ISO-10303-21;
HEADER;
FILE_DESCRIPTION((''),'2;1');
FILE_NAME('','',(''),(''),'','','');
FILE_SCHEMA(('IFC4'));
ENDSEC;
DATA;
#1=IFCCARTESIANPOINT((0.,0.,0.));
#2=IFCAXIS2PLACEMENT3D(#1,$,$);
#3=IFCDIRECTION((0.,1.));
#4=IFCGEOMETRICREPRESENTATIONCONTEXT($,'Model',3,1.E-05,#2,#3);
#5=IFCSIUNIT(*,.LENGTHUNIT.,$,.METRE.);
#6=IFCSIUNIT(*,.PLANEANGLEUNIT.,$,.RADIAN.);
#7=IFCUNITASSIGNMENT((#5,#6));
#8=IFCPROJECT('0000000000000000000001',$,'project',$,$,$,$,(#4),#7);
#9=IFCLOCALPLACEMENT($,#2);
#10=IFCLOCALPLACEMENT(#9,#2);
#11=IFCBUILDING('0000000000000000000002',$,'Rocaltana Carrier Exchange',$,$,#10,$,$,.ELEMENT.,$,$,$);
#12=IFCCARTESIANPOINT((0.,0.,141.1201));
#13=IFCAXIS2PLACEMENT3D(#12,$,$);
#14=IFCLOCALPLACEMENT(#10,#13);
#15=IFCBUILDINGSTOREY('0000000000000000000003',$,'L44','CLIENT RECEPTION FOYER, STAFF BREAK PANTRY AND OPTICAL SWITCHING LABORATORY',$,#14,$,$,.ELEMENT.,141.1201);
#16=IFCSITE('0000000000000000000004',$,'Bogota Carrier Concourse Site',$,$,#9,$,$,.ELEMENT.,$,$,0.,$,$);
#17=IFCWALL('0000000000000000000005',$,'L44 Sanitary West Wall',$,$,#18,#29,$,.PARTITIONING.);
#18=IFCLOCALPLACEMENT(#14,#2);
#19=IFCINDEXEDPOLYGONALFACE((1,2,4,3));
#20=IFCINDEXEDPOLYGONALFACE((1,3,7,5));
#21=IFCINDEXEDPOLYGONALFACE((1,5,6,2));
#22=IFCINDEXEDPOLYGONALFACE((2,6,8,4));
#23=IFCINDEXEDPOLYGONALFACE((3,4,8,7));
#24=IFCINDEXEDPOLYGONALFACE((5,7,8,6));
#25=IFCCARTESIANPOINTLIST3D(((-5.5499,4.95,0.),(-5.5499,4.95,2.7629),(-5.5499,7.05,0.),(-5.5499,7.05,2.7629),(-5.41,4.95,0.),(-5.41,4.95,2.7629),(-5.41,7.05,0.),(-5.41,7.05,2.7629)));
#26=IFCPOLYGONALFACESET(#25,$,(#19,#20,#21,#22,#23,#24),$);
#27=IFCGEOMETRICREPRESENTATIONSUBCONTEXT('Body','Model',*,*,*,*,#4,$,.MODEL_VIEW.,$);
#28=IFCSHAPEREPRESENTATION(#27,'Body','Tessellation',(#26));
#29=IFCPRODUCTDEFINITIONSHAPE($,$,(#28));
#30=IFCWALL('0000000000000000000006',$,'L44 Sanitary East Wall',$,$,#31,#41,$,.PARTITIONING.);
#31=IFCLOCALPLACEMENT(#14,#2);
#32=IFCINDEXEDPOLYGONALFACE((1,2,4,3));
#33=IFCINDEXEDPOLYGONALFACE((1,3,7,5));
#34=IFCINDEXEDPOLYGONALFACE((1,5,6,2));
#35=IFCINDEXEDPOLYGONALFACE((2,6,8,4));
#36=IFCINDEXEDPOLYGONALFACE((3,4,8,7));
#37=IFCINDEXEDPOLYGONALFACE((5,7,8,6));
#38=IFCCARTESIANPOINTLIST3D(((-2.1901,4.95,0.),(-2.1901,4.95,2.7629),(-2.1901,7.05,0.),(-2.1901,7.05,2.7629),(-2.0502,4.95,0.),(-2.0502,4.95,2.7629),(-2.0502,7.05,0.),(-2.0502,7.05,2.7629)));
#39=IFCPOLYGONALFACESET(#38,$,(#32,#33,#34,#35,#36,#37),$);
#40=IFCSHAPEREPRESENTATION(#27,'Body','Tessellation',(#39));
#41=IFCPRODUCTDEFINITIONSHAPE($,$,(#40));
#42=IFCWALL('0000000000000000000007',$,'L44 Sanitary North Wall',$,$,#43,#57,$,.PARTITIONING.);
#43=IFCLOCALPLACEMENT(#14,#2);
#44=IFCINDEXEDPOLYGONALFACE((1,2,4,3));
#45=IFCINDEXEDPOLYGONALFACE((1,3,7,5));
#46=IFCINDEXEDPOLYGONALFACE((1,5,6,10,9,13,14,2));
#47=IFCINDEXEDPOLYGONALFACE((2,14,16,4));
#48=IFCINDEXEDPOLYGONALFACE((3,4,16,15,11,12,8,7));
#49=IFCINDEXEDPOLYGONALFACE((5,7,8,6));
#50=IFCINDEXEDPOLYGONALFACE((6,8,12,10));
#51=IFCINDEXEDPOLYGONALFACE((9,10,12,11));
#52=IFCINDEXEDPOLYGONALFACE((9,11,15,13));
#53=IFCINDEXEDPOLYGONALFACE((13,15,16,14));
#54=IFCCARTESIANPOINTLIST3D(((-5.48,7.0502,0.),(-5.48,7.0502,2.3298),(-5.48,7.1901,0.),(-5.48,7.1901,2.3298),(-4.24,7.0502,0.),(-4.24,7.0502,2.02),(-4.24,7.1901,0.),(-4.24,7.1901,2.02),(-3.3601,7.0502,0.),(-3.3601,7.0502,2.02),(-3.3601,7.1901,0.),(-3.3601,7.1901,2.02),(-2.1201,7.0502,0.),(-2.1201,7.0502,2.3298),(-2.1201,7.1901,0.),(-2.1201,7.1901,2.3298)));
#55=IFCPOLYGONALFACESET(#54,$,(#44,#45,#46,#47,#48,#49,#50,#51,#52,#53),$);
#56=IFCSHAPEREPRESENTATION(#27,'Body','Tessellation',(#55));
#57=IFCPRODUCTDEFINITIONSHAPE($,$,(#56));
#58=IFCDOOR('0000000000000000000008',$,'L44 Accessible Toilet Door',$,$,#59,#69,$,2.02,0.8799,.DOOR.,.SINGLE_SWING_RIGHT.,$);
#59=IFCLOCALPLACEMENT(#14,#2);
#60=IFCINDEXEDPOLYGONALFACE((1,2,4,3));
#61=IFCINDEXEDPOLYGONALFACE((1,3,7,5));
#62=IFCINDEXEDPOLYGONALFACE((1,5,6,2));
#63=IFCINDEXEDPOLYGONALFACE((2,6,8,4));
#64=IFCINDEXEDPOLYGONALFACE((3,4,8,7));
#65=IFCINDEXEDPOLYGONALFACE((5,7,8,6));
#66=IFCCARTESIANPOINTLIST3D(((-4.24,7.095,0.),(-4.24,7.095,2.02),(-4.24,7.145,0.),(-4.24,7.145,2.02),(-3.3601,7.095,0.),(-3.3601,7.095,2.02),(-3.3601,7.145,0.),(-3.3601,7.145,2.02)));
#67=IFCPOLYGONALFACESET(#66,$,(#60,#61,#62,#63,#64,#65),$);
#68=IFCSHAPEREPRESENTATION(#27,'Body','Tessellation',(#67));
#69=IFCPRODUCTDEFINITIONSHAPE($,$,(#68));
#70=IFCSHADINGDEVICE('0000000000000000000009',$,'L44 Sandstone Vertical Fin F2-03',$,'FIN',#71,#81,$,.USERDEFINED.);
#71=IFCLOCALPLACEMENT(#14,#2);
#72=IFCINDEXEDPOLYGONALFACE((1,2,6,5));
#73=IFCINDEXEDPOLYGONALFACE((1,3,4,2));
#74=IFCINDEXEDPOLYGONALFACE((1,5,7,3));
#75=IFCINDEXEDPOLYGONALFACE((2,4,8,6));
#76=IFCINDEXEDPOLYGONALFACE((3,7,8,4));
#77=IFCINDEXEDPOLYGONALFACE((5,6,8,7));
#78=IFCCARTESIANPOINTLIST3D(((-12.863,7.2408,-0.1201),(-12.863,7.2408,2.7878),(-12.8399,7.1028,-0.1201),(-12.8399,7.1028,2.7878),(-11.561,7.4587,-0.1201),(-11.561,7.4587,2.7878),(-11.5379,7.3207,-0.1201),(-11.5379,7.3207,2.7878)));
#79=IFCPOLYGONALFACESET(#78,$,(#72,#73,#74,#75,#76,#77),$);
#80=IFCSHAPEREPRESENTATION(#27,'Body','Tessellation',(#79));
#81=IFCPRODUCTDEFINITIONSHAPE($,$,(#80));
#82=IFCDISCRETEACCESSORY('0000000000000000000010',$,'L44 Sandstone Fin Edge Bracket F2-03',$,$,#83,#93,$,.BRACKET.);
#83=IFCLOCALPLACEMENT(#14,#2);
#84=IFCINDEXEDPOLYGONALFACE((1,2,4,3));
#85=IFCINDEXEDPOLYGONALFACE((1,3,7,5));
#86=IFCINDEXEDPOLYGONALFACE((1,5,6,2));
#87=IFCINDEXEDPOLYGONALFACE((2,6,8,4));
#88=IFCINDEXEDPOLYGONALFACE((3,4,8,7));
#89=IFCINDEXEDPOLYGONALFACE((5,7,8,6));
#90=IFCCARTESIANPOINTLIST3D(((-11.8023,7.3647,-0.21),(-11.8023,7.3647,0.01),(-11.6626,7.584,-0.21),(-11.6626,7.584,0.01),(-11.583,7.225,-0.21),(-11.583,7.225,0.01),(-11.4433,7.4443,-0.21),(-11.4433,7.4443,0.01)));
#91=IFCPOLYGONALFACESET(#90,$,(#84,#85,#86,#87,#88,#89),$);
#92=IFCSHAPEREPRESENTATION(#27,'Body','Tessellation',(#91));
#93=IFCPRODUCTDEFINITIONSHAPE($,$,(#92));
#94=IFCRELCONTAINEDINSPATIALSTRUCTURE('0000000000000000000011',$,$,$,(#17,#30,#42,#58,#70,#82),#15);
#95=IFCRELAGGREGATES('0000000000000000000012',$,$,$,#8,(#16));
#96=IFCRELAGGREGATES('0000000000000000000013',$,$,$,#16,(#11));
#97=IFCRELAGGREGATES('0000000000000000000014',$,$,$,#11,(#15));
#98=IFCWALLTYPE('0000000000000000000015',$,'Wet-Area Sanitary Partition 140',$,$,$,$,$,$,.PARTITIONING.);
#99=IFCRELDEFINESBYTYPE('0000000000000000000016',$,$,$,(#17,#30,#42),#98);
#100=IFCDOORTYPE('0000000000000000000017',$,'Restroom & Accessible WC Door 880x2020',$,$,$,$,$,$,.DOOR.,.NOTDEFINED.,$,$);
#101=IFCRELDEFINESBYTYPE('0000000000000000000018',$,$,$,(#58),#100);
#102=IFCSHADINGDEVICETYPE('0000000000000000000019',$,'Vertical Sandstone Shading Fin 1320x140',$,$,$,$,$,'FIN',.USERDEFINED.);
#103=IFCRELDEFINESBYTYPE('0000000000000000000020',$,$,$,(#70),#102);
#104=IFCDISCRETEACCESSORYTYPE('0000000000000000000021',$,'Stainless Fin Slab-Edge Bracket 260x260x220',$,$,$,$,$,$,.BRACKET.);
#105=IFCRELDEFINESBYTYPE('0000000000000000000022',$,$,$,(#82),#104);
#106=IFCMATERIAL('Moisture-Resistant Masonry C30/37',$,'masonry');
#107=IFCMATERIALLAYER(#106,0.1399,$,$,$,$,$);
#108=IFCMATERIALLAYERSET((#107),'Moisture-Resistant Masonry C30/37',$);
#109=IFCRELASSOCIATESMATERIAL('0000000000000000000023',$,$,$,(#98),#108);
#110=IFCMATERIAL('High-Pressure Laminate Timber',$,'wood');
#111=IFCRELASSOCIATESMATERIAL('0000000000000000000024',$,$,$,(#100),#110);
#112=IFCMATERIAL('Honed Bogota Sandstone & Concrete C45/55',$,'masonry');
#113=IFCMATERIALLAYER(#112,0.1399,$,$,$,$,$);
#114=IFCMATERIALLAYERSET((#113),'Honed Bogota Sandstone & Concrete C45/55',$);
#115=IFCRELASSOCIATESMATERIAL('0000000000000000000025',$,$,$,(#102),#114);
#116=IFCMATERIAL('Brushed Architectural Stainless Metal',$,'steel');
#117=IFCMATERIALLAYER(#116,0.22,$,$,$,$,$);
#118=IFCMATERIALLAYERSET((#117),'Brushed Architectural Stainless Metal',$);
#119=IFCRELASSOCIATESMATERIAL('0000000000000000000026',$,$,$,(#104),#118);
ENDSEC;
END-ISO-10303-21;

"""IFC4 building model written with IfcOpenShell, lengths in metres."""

from ifc_helpers import new_model, si_unit, direction, frame, frame_2d, origin, origin_2d, place, context, subcontext, project, spatial, rectangle, extrude, material, layer, layer_set, type_object, element, fill, save


model = new_model("IFC4")

# Units and contexts
model_context = context("Model", 3, precision=1e-05, world=origin(), true_north=direction((0.0, 1.0)))
body_context = subcontext(model_context, "Body", "Model", "MODEL_VIEW")
ifc_project = project(units=[si_unit("LENGTHUNIT", "METRE"), si_unit("PLANEANGLEUNIT", "RADIAN")], contexts=[model_context])

# Site, building, storey
site_placement = place(None, origin())
site = spatial("IfcSite", under=ifc_project, at=site_placement, Name="Bogota Carrier Concourse Site", CompositionType="ELEMENT", RefElevation=0.0)
building_placement = place(site_placement, origin())
building = spatial("IfcBuilding", under=site, at=building_placement, Name="Rocaltana Carrier Exchange", CompositionType="ELEMENT")
storey_placement = place(building_placement, frame((0.0, 0.0, 141.1201)))
storey = spatial("IfcBuildingStorey", under=building, at=storey_placement, Name="L44", Description="CLIENT RECEPTION FOYER, STAFF BREAK PANTRY AND OPTICAL SWITCHING LABORATORY", CompositionType="ELEMENT", Elevation=141.1201)

# Walls
ifc_material_1 = material(Name="Moisture-Resistant Masonry C30/37", Category="masonry")
ifc_layer_1 = layer(ifc_material_1, 0.1399)
ifc_layer_set_1 = layer_set([ifc_layer_1], Name="Moisture-Resistant Masonry C30/37")
wall_type_1 = type_object("IfcWallType", Name="Wet-Area Sanitary Partition 140", PredefinedType="PARTITIONING", material=ifc_layer_set_1)
for number, where, z_axis, x_axis, name in (
    (1, (-5.48, 4.95, 0.0), (0.0, 0.0, 1.0), (0.0, 1.0, 0.0), "L44 Sanitary West Wall"),
    (2, (-2.1201, 4.95, 0.0), (0.0, 0.0, 1.0), (0.0, 1.0, 0.0), "L44 Sanitary East Wall"),
):
    element("IfcWall", number, at=place(storey_placement, frame(where, z_axis=z_axis, x_axis=x_axis)), inside=storey, type_object=wall_type_1, Name=name, PredefinedType="PARTITIONING", context=body_context, shape_type="SweptSolid", body=[
        extrude(rectangle(XDim=2.1001, YDim=0.1399, at=frame_2d((1.05, 0.0))), origin(), (0.0, 0.0, 1.0), 2.7629),
    ])

# Wall, opening, door
wall_1_placement = place(storey_placement, frame((-5.48, 7.1201, 0.0), z_axis=(0.0, 0.0, 1.0), x_axis=(1.0, 0.0, 0.0)))
wall_1 = element("IfcWall", 3, at=wall_1_placement, inside=storey, type_object=wall_type_1, Name="L44 Sanitary North Wall", PredefinedType="PARTITIONING", context=body_context, shape_type="SweptSolid", body=[
    extrude(rectangle(XDim=3.3599, YDim=0.1399, at=frame_2d((1.6799, 0.0))), origin(), (0.0, 0.0, 1.0), 2.3298),
])
opening_1_placement = place(wall_1_placement, frame((1.24, 0.0, 0.0)))
opening_1 = element("IfcOpeningElement", 4, at=opening_1_placement, cuts=wall_1, PredefinedType="OPENING", context=body_context, shape_type="SweptSolid", body=[
    extrude(rectangle(XDim=0.8799, YDim=2.02, at=frame_2d((0.4399, 1.01))), frame((0.0, 0.0798, 0.0), z_axis=(0.0, -1.0, 0.0), x_axis=(1.0, 0.0, 0.0)), (0.0, 0.0, 1.0), 0.1599),
])
ifc_material_2 = material(Name="High-Pressure Laminate Timber", Category="wood")
door_type_1 = type_object("IfcDoorType", Name="Restroom & Accessible WC Door 880x2020", OperationType="NOTDEFINED", PredefinedType="DOOR", material=ifc_material_2)
door_1_placement = place(opening_1_placement, origin())
door_1 = element("IfcDoor", 5, at=door_1_placement, inside=storey, type_object=door_type_1, Name="L44 Accessible Toilet Door", OperationType="SINGLE_SWING_RIGHT", OverallHeight=2.02, OverallWidth=0.8799, PredefinedType="DOOR", context=body_context, shape_type="SweptSolid", body=[
    extrude(rectangle(XDim=0.8799, YDim=2.02, at=frame_2d((0.4399, 1.01))), frame((0.0, 0.0249, 0.0), z_axis=(0.0, -1.0, 0.0), x_axis=(1.0, 0.0, 0.0)), (0.0, 0.0, 1.0), 0.05),
])
fill(opening_1, door_1)

# Shading device
ifc_material_3 = material(Name="Honed Bogota Sandstone & Concrete C45/55", Category="masonry")
ifc_layer_2 = layer(ifc_material_3, 0.1399)
ifc_layer_set_2 = layer_set([ifc_layer_2], Name="Honed Bogota Sandstone & Concrete C45/55")
shading_device_type = type_object("IfcShadingDeviceType", Name="Vertical Sandstone Shading Fin 1320x140", ElementType="FIN", PredefinedType="USERDEFINED", material=ifc_layer_set_2)
shading_device_placement = place(storey_placement, frame((-12.2004, 7.2808, -0.1201), z_axis=(0.0, 0.0, 1.0), x_axis=(-0.986286, -0.165048, 0.0)))
element("IfcShadingDevice", 6, at=shading_device_placement, inside=storey, type_object=shading_device_type, Name="L44 Sandstone Vertical Fin F2-03", ObjectType="FIN", PredefinedType="USERDEFINED", context=body_context, shape_type="SweptSolid", body=[
    extrude(rectangle(XDim=1.3201, YDim=0.1399, at=origin_2d()), origin(), (0.0, 0.0, 1.0), 2.908),
])

# Discrete accessory
ifc_material_4 = material(Name="Brushed Architectural Stainless Metal", Category="steel")
ifc_layer_3 = layer(ifc_material_4, 0.22)
ifc_layer_set_3 = layer_set([ifc_layer_3], Name="Brushed Architectural Stainless Metal")
discrete_accessory_type = type_object("IfcDiscreteAccessoryType", Name="Stainless Fin Slab-Edge Bracket 260x260x220", PredefinedType="BRACKET", material=ifc_layer_set_3)
discrete_accessory_placement = place(storey_placement, frame((-11.6228, 7.4045, -0.21), z_axis=(0.0, 0.0, 1.0), x_axis=(-0.5373, -0.843391, 0.0)))
element("IfcDiscreteAccessory", 7, at=discrete_accessory_placement, inside=storey, type_object=discrete_accessory_type, Name="L44 Sandstone Fin Edge Bracket F2-03", PredefinedType="BRACKET", context=body_context, shape_type="SweptSolid", body=[
    extrude(rectangle(XDim=0.26, YDim=0.26, at=origin_2d()), origin(), (0.0, 0.0, 1.0), 0.22),
])

save(model, "model.ifc")
